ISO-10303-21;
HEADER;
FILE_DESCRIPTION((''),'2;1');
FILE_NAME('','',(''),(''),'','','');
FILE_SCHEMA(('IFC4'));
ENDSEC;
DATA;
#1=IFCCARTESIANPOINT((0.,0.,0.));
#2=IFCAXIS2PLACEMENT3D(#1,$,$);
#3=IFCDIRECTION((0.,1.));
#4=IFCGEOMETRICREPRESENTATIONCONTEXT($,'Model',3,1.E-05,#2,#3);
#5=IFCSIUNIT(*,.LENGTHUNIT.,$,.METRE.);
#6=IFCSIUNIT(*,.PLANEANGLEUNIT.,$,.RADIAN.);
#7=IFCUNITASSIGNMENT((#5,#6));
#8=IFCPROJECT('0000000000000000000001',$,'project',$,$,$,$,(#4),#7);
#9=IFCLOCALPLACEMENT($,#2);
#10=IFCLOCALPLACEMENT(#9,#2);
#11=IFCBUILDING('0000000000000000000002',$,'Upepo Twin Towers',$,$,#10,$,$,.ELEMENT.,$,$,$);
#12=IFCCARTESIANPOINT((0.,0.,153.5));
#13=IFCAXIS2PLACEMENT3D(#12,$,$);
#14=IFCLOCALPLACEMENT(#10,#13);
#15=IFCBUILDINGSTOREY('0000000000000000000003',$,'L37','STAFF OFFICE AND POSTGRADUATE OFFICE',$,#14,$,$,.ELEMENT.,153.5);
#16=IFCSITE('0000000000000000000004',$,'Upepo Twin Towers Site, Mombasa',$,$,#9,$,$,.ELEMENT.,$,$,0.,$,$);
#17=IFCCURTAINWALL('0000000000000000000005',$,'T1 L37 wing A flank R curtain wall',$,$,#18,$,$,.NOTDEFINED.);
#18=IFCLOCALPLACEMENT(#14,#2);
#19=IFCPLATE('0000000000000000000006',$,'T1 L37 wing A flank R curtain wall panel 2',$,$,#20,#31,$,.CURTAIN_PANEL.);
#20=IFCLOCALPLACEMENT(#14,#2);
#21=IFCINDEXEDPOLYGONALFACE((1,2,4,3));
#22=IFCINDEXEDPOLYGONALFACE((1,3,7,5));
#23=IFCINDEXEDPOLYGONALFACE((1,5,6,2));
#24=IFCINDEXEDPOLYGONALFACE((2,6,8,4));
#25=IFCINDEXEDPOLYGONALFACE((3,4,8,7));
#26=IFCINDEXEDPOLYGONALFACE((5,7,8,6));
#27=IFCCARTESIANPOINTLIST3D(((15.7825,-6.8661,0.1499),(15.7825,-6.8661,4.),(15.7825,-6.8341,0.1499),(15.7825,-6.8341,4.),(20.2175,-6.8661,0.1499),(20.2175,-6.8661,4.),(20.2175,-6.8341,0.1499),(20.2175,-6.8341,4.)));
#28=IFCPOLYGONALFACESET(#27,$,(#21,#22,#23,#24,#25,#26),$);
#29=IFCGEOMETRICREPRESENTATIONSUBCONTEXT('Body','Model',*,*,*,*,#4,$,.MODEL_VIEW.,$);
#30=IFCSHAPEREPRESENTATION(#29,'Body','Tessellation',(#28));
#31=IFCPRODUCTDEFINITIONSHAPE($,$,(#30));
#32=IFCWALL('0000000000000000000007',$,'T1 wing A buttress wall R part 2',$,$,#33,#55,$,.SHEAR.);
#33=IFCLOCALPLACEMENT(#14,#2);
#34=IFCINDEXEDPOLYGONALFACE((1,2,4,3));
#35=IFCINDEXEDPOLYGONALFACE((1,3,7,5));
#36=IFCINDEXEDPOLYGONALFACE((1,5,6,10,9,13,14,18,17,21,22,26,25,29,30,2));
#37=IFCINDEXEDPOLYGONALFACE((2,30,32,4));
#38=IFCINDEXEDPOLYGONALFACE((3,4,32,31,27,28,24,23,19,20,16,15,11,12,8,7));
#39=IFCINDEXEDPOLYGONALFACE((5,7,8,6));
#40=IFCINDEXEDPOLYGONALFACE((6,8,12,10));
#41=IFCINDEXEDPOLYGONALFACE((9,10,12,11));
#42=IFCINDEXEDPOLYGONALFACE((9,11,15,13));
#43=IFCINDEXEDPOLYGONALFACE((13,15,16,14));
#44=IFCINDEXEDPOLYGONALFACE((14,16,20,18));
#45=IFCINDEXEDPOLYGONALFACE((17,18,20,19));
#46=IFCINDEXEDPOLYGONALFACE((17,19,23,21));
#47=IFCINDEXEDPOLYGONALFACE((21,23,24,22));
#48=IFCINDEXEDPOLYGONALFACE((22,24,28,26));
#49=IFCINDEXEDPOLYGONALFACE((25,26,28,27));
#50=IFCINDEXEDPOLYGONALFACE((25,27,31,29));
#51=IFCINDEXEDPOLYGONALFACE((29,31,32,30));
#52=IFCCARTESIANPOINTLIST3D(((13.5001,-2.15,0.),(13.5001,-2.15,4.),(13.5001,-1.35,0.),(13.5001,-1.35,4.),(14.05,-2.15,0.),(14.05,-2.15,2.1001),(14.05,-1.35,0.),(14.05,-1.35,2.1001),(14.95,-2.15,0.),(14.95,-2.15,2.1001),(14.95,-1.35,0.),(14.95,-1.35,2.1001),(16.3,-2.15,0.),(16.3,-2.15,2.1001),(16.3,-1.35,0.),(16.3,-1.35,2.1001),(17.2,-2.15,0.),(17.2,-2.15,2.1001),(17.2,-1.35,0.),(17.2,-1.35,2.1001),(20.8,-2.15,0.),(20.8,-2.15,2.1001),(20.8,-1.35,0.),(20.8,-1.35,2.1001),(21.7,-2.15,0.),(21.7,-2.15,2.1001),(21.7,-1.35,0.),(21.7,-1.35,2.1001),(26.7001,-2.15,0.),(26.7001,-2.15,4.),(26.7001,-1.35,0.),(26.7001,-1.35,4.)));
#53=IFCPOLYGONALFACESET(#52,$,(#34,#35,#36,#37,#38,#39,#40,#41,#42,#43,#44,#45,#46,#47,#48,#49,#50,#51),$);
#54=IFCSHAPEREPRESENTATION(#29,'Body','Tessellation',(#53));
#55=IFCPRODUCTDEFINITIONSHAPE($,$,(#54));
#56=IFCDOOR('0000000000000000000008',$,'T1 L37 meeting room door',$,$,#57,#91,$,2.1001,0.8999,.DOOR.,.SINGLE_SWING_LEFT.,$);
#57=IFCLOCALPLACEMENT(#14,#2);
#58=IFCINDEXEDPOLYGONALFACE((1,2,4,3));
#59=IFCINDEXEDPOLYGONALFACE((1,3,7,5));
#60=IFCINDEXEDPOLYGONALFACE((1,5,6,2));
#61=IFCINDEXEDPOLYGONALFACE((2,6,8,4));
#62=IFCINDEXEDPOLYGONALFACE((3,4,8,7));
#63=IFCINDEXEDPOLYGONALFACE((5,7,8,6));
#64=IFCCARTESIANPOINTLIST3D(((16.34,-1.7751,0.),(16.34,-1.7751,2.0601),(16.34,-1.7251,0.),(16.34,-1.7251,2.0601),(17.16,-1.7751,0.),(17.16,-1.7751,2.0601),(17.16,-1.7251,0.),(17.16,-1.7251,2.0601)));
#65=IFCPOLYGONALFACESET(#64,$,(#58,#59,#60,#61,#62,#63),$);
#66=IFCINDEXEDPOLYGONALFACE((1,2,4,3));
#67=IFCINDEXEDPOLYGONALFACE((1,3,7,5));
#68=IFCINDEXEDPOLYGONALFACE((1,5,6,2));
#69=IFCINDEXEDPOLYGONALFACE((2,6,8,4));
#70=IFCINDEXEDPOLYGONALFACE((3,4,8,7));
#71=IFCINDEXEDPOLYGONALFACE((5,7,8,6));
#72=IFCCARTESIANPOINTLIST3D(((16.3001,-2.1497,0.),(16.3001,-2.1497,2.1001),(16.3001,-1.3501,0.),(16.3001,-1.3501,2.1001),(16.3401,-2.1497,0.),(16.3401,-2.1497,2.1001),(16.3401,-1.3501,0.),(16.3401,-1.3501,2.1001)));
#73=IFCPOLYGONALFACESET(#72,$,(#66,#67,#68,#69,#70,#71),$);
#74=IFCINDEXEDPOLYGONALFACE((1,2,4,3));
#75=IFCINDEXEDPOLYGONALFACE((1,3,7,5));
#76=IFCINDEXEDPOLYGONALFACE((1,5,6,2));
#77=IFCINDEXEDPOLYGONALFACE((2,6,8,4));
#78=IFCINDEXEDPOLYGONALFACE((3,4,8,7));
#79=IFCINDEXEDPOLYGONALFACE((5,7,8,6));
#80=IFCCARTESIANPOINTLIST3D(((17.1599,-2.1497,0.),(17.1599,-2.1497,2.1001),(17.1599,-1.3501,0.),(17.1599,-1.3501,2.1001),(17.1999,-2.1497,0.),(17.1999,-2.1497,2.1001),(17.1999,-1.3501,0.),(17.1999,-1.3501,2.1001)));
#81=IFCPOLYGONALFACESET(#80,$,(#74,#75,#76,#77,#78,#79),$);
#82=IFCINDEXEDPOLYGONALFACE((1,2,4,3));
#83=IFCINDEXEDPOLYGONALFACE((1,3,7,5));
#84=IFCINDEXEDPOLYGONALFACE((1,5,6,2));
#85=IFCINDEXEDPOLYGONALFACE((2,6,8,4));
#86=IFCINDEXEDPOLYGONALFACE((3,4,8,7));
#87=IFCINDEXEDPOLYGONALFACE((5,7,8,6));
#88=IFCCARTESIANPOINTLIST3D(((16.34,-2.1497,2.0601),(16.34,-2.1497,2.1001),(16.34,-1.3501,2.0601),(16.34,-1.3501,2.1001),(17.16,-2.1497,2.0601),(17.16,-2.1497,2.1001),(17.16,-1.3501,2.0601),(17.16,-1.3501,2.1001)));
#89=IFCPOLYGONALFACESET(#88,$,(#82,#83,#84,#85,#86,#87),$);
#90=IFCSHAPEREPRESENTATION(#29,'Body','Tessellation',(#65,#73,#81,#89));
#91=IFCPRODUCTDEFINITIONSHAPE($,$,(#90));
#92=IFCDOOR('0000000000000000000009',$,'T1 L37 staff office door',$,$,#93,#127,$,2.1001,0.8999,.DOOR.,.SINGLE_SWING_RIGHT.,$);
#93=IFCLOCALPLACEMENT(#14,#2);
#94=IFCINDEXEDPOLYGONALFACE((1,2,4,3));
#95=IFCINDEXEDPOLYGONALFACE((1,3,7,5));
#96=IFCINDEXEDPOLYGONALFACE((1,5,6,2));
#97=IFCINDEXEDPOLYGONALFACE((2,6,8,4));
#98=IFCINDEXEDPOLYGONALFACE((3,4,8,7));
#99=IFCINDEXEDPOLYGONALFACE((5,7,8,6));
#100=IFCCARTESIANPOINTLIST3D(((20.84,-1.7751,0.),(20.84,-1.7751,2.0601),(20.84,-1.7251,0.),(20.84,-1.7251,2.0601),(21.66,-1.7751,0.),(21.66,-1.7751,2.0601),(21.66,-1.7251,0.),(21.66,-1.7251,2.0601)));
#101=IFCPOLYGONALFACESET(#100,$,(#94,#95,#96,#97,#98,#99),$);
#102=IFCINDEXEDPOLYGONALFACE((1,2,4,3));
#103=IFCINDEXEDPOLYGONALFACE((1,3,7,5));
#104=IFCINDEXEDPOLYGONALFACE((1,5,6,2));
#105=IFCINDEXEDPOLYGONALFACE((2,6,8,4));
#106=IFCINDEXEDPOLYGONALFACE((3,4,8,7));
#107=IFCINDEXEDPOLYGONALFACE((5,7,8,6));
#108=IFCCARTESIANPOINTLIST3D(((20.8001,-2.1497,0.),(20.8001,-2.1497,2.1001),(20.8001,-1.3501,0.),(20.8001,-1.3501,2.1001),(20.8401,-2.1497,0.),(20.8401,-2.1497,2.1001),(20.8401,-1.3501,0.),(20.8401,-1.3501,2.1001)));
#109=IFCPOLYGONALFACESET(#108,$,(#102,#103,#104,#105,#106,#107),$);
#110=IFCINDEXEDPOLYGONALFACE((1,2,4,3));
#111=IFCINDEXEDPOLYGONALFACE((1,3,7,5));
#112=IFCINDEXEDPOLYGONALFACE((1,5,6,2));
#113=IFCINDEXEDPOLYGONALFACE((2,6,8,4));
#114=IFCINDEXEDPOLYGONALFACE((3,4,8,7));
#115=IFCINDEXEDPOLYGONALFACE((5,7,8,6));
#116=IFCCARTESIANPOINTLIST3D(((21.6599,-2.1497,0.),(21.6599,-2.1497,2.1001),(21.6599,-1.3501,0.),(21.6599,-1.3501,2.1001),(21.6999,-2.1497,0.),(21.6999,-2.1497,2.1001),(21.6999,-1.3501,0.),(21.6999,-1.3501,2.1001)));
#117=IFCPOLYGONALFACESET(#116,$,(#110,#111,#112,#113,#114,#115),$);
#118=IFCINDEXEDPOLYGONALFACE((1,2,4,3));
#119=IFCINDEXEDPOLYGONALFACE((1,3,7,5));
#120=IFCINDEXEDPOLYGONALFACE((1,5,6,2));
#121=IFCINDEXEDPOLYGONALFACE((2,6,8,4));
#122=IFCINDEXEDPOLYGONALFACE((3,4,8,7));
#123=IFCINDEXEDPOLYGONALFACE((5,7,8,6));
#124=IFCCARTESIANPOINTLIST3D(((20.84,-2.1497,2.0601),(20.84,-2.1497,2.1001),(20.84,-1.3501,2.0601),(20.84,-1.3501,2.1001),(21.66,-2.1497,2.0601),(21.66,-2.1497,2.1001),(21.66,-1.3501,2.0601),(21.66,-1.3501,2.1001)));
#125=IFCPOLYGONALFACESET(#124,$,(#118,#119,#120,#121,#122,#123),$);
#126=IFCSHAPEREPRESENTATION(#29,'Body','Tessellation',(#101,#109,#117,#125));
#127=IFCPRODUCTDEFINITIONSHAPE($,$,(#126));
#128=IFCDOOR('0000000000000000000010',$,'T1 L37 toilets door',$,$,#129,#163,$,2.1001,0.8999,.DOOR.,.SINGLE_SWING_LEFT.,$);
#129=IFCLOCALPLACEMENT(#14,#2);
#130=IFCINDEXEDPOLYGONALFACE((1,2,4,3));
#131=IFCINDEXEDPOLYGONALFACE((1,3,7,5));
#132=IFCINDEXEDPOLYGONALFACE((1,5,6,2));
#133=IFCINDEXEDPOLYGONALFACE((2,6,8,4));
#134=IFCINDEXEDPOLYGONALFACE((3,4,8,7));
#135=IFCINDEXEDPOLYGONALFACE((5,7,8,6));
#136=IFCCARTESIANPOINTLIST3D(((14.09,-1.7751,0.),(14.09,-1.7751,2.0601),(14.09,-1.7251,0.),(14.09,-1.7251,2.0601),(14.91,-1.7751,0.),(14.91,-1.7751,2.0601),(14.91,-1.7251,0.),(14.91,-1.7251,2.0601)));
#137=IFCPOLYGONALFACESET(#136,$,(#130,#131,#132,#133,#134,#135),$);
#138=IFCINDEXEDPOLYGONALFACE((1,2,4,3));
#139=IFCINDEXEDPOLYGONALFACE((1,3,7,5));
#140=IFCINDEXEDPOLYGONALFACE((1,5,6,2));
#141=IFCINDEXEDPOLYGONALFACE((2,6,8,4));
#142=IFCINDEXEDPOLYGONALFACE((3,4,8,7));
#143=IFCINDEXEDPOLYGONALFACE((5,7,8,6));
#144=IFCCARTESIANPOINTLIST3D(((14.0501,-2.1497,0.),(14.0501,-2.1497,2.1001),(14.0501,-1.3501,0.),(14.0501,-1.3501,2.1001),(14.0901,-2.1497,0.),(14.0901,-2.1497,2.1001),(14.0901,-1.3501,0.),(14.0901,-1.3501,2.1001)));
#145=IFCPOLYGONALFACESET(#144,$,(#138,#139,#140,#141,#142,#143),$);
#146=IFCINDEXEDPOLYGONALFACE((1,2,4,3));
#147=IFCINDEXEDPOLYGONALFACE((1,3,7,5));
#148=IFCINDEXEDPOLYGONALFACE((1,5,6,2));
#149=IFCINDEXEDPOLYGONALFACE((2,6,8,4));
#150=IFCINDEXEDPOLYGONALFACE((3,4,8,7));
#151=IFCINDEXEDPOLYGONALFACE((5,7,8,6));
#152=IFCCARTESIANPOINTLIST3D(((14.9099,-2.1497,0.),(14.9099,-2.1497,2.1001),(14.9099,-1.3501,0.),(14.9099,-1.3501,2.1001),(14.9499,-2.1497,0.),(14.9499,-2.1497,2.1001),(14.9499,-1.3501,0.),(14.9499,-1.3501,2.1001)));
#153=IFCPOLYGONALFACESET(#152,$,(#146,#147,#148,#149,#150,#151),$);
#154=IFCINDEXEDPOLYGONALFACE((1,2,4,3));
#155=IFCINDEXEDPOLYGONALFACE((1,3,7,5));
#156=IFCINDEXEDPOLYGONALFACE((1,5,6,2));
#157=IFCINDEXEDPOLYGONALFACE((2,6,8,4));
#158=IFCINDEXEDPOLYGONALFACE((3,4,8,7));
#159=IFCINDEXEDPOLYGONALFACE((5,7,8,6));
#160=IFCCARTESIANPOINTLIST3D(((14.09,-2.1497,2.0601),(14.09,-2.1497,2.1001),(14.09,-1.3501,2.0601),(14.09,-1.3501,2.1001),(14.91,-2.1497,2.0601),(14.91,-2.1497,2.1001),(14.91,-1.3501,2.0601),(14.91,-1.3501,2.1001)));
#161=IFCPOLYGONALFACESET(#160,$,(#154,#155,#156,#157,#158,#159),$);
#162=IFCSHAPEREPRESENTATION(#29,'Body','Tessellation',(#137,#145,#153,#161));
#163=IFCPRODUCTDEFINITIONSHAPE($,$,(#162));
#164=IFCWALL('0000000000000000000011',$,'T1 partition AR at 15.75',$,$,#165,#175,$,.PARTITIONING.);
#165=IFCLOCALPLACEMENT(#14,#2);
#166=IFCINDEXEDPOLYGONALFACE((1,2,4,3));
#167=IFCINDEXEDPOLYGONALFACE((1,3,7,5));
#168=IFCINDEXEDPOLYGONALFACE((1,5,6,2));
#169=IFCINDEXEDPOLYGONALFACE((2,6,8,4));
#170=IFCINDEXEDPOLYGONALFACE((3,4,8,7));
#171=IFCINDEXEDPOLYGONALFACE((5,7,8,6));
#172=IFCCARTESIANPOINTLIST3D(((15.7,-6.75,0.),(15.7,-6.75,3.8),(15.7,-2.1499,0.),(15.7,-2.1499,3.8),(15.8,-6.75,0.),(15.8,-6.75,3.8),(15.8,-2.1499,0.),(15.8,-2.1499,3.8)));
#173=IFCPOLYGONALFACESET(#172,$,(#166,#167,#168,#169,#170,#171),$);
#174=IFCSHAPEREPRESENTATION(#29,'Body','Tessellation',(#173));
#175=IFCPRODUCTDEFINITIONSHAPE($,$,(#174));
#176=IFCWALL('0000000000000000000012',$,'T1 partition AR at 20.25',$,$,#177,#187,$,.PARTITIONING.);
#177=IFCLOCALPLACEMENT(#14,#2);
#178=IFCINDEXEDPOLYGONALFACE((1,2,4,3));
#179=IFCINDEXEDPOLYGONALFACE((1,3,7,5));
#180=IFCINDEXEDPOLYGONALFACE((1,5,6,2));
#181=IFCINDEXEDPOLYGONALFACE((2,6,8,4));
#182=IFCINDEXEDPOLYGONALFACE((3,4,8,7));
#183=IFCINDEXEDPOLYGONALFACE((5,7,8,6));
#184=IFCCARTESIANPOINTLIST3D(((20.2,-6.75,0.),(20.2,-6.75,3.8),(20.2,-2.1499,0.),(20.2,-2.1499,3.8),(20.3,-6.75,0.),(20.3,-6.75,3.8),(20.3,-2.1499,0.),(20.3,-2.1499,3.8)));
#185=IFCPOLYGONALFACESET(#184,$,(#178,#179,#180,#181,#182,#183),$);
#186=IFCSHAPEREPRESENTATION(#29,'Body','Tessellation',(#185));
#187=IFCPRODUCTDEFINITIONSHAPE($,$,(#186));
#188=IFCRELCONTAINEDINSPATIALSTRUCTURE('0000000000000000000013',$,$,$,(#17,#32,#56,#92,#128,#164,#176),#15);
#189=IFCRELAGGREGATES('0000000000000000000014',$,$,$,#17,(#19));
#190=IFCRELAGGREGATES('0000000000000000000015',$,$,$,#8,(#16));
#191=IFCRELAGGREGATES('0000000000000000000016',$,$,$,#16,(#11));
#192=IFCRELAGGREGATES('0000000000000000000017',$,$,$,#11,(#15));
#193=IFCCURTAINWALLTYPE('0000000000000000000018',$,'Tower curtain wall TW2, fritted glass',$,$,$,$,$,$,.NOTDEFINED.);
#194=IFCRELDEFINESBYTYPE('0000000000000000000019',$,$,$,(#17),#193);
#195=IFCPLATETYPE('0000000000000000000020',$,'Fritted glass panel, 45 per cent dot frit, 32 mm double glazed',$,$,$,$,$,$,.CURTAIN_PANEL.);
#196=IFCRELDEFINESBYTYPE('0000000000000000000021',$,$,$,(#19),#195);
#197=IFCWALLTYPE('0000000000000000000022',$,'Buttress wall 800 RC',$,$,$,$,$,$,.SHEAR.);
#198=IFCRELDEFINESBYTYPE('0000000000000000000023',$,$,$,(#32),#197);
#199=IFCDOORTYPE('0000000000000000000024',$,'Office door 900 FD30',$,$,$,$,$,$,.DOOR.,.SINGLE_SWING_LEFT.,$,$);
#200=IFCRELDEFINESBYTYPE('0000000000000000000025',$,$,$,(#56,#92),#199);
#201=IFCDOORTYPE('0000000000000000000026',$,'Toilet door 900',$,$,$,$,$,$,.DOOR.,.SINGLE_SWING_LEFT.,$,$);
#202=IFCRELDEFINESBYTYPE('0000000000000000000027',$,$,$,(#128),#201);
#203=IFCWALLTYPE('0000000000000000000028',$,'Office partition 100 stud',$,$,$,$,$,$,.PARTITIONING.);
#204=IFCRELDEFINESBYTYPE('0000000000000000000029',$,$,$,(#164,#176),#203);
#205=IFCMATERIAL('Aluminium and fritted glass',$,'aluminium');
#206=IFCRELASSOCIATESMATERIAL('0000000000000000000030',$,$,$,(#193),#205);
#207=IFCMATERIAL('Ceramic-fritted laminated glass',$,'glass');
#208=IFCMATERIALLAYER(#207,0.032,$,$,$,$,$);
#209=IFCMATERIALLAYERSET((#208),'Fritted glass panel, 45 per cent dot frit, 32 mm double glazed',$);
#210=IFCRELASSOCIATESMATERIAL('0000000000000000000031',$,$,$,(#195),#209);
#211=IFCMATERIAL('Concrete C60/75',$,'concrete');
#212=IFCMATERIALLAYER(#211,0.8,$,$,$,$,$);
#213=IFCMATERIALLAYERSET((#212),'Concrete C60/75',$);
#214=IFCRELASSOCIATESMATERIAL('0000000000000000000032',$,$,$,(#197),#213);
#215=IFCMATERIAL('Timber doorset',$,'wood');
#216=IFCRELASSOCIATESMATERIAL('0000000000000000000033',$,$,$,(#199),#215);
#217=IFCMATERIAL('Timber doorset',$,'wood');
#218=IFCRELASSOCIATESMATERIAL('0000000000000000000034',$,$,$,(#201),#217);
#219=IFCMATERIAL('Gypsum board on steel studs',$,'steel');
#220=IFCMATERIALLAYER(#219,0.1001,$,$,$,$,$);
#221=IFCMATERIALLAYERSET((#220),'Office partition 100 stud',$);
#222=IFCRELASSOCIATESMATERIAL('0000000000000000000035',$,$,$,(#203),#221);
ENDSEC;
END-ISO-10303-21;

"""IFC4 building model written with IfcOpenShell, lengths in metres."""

from ifc_helpers import new_model, si_unit, direction, frame, frame_2d, origin, origin_2d, place, context, subcontext, project, spatial, rectangle, extrude, material, layer, layer_set, type_object, element, fill, aggregate, save


model = new_model("IFC4")

# Units and contexts
model_context = context("Model", 3, precision=1e-05, world=origin(), true_north=direction((0.0, 1.0)))
body_context = subcontext(model_context, "Body", "Model", "MODEL_VIEW")
ifc_project = project(units=[si_unit("LENGTHUNIT", "METRE"), si_unit("PLANEANGLEUNIT", "RADIAN")], contexts=[model_context])

# Site, building, storey
site_placement = place(None, origin())
site = spatial("IfcSite", under=ifc_project, at=site_placement, Name="Upepo Twin Towers Site, Mombasa", CompositionType="ELEMENT", RefElevation=0.0)
building_placement = place(site_placement, origin())
building = spatial("IfcBuilding", under=site, at=building_placement, Name="Upepo Twin Towers", CompositionType="ELEMENT")
storey_placement = place(building_placement, frame((0.0, 0.0, 153.5)))
storey = spatial("IfcBuildingStorey", under=building, at=storey_placement, Name="L37", Description="STAFF OFFICE AND POSTGRADUATE OFFICE", CompositionType="ELEMENT", Elevation=153.5)

# Curtain wall, plate
ifc_material_1 = material(Name="Aluminium and fritted glass", Category="aluminium")
curtain_wall_type = type_object("IfcCurtainWallType", Name="Tower curtain wall TW2, fritted glass", PredefinedType="NOTDEFINED", material=ifc_material_1)
curtain_wall_placement = place(storey_placement, origin())
curtain_wall = element("IfcCurtainWall", 1, at=curtain_wall_placement, inside=storey, type_object=curtain_wall_type, Name="T1 L37 wing A flank R curtain wall", PredefinedType="NOTDEFINED")
ifc_material_2 = material(Name="Ceramic-fritted laminated glass", Category="glass")
ifc_layer_1 = layer(ifc_material_2, 0.032)
ifc_layer_set_1 = layer_set([ifc_layer_1], Name="Fritted glass panel, 45 per cent dot frit, 32 mm double glazed")
plate_type = type_object("IfcPlateType", Name="Fritted glass panel, 45 per cent dot frit, 32 mm double glazed", PredefinedType="CURTAIN_PANEL", material=ifc_layer_set_1)
plate_placement = place(storey_placement, frame((18.0, -6.8501, 0.1499), z_axis=(0.0, 0.0, 1.0), x_axis=(-1.0, 0.0, 0.0)))
plate = element("IfcPlate", 2, at=plate_placement, type_object=plate_type, Name="T1 L37 wing A flank R curtain wall panel 2", PredefinedType="CURTAIN_PANEL", context=body_context, shape_type="SweptSolid", body=[
    extrude(rectangle(XDim=4.4351, YDim=0.032, at=origin_2d()), origin(), (0.0, 0.0, 1.0), 3.8501),
])
aggregate(curtain_wall, [plate])

# Wall, openings, doors
ifc_material_3 = material(Name="Concrete C60/75", Category="concrete")
ifc_layer_2 = layer(ifc_material_3, 0.8)
ifc_layer_set_2 = layer_set([ifc_layer_2], Name="Concrete C60/75")
wall_type_1 = type_object("IfcWallType", Name="Buttress wall 800 RC", PredefinedType="SHEAR", material=ifc_layer_set_2)
wall_1_placement = place(storey_placement, frame((13.5, -1.75, 0.0), z_axis=(0.0, 0.0, 1.0), x_axis=(1.0, 0.0, 0.0)))
wall_1 = element("IfcWall", 3, at=wall_1_placement, inside=storey, type_object=wall_type_1, Name="T1 wing A buttress wall R part 2", PredefinedType="SHEAR", context=body_context, shape_type="SweptSolid", body=[
    extrude(rectangle(XDim=13.2, YDim=0.8, at=frame_2d((6.6001, 0.0))), origin(), (0.0, 0.0, 1.0), 4.0),
])
opening_1_placement = place(wall_1_placement, frame((0.55, 0.0, 0.0)))
opening_1 = element("IfcOpeningElement", 4, at=opening_1_placement, cuts=wall_1, PredefinedType="OPENING", context=body_context, shape_type="SweptSolid", body=[
    extrude(rectangle(XDim=0.8999, YDim=2.1001, at=frame_2d((0.45, 1.05))), frame((0.0, 0.4099, 0.0), z_axis=(0.0, -1.0, 0.0), x_axis=(1.0, 0.0, 0.0)), (0.0, 0.0, 1.0), 0.8201),
])
opening_2_placement = place(wall_1_placement, frame((2.8, 0.0, 0.0)))
opening_2 = element("IfcOpeningElement", 5, at=opening_2_placement, cuts=wall_1, PredefinedType="OPENING", context=body_context, shape_type="SweptSolid", body=[
    extrude(rectangle(XDim=0.8999, YDim=2.1001, at=frame_2d((0.45, 1.05))), frame((0.0, 0.4099, 0.0), z_axis=(0.0, -1.0, 0.0), x_axis=(1.0, 0.0, 0.0)), (0.0, 0.0, 1.0), 0.8201),
])
opening_3_placement = place(wall_1_placement, frame((7.3, 0.0, 0.0)))
opening_3 = element("IfcOpeningElement", 6, at=opening_3_placement, cuts=wall_1, PredefinedType="OPENING", context=body_context, shape_type="SweptSolid", body=[
    extrude(rectangle(XDim=0.8999, YDim=2.1001, at=frame_2d((0.45, 1.05))), frame((0.0, 0.4099, 0.0), z_axis=(0.0, -1.0, 0.0), x_axis=(1.0, 0.0, 0.0)), (0.0, 0.0, 1.0), 0.8201),
])
ifc_material_4 = material(Name="Timber doorset", Category="wood")
door_type_1 = type_object("IfcDoorType", Name="Office door 900 FD30", OperationType="SINGLE_SWING_LEFT", PredefinedType="DOOR", material=ifc_material_4)
door_1_placement = place(opening_2_placement, origin())
door_1 = element("IfcDoor", 7, at=door_1_placement, inside=storey, type_object=door_type_1, Name="T1 L37 meeting room door", OperationType="SINGLE_SWING_LEFT", OverallHeight=2.1001, OverallWidth=0.8999, PredefinedType="DOOR", context=body_context, shape_type="SweptSolid", body=[
    extrude(rectangle(XDim=0.8199, YDim=2.0601, at=frame_2d((0.45, 1.03))), frame((0.0, 0.0249, 0.0), z_axis=(0.0, -1.0, 0.0), x_axis=(1.0, 0.0, 0.0)), (0.0, 0.0, 1.0), 0.05),
    extrude(rectangle(XDim=0.04, YDim=2.1001, at=frame_2d((0.02, 1.05))), frame((0.0, 0.3999, 0.0), z_axis=(0.0, -1.0, 0.0), x_axis=(1.0, 0.0, 0.0)), (0.0, 0.0, 1.0), 0.7996),
    extrude(rectangle(XDim=0.04, YDim=2.1001, at=frame_2d((0.8799, 1.05))), frame((0.0, 0.3999, 0.0), z_axis=(0.0, -1.0, 0.0), x_axis=(1.0, 0.0, 0.0)), (0.0, 0.0, 1.0), 0.7996),
    extrude(rectangle(XDim=0.8199, YDim=0.04, at=frame_2d((0.45, 2.0801))), frame((0.0, 0.3999, 0.0), z_axis=(0.0, -1.0, 0.0), x_axis=(1.0, 0.0, 0.0)), (0.0, 0.0, 1.0), 0.7996),
])
fill(opening_2, door_1)
door_2_placement = place(opening_3_placement, origin())
door_2 = element("IfcDoor", 8, at=door_2_placement, inside=storey, type_object=door_type_1, Name="T1 L37 staff office door", OperationType="SINGLE_SWING_RIGHT", OverallHeight=2.1001, OverallWidth=0.8999, PredefinedType="DOOR", context=body_context, shape_type="SweptSolid", body=[
    extrude(rectangle(XDim=0.8199, YDim=2.0601, at=frame_2d((0.45, 1.03))), frame((0.0, 0.0249, 0.0), z_axis=(0.0, -1.0, 0.0), x_axis=(1.0, 0.0, 0.0)), (0.0, 0.0, 1.0), 0.05),
    extrude(rectangle(XDim=0.04, YDim=2.1001, at=frame_2d((0.02, 1.05))), frame((0.0, 0.3999, 0.0), z_axis=(0.0, -1.0, 0.0), x_axis=(1.0, 0.0, 0.0)), (0.0, 0.0, 1.0), 0.7996),
    extrude(rectangle(XDim=0.04, YDim=2.1001, at=frame_2d((0.8799, 1.05))), frame((0.0, 0.3999, 0.0), z_axis=(0.0, -1.0, 0.0), x_axis=(1.0, 0.0, 0.0)), (0.0, 0.0, 1.0), 0.7996),
    extrude(rectangle(XDim=0.8199, YDim=0.04, at=frame_2d((0.45, 2.0801))), frame((0.0, 0.3999, 0.0), z_axis=(0.0, -1.0, 0.0), x_axis=(1.0, 0.0, 0.0)), (0.0, 0.0, 1.0), 0.7996),
])
fill(opening_3, door_2)
ifc_material_5 = material(Name="Timber doorset", Category="wood")
door_type_2 = type_object("IfcDoorType", Name="Toilet door 900", OperationType="SINGLE_SWING_LEFT", PredefinedType="DOOR", material=ifc_material_5)
door_3_placement = place(opening_1_placement, origin())
door_3 = element("IfcDoor", 9, at=door_3_placement, inside=storey, type_object=door_type_2, Name="T1 L37 toilets door", OperationType="SINGLE_SWING_LEFT", OverallHeight=2.1001, OverallWidth=0.8999, PredefinedType="DOOR", context=body_context, shape_type="SweptSolid", body=[
    extrude(rectangle(XDim=0.8199, YDim=2.0601, at=frame_2d((0.45, 1.03))), frame((0.0, 0.0249, 0.0), z_axis=(0.0, -1.0, 0.0), x_axis=(1.0, 0.0, 0.0)), (0.0, 0.0, 1.0), 0.05),
    extrude(rectangle(XDim=0.04, YDim=2.1001, at=frame_2d((0.02, 1.05))), frame((0.0, 0.3999, 0.0), z_axis=(0.0, -1.0, 0.0), x_axis=(1.0, 0.0, 0.0)), (0.0, 0.0, 1.0), 0.7996),
    extrude(rectangle(XDim=0.04, YDim=2.1001, at=frame_2d((0.8799, 1.05))), frame((0.0, 0.3999, 0.0), z_axis=(0.0, -1.0, 0.0), x_axis=(1.0, 0.0, 0.0)), (0.0, 0.0, 1.0), 0.7996),
    extrude(rectangle(XDim=0.8199, YDim=0.04, at=frame_2d((0.45, 2.0801))), frame((0.0, 0.3999, 0.0), z_axis=(0.0, -1.0, 0.0), x_axis=(1.0, 0.0, 0.0)), (0.0, 0.0, 1.0), 0.7996),
])
fill(opening_1, door_3)

# Walls
ifc_material_6 = material(Name="Gypsum board on steel studs", Category="steel")
ifc_layer_3 = layer(ifc_material_6, 0.1001)
ifc_layer_set_3 = layer_set([ifc_layer_3], Name="Office partition 100 stud")
wall_type_2 = type_object("IfcWallType", Name="Office partition 100 stud", PredefinedType="PARTITIONING", material=ifc_layer_set_3)
for number, where, z_axis, x_axis, name in (
    (10, (15.75, -2.1499, 0.0), (0.0, 0.0, 1.0), (0.0, -1.0, 0.0), "T1 partition AR at 15.75"),
    (11, (20.25, -2.1499, 0.0), (0.0, 0.0, 1.0), (0.0, -1.0, 0.0), "T1 partition AR at 20.25"),
):
    element("IfcWall", number, at=place(storey_placement, frame(where, z_axis=z_axis, x_axis=x_axis)), inside=storey, type_object=wall_type_2, Name=name, PredefinedType="PARTITIONING", context=body_context, shape_type="SweptSolid", body=[
        extrude(rectangle(XDim=4.6001, YDim=0.1001, at=frame_2d((2.3, 0.0))), origin(), (0.0, 0.0, 1.0), 3.8),
    ])

save(model, "model.ifc")
